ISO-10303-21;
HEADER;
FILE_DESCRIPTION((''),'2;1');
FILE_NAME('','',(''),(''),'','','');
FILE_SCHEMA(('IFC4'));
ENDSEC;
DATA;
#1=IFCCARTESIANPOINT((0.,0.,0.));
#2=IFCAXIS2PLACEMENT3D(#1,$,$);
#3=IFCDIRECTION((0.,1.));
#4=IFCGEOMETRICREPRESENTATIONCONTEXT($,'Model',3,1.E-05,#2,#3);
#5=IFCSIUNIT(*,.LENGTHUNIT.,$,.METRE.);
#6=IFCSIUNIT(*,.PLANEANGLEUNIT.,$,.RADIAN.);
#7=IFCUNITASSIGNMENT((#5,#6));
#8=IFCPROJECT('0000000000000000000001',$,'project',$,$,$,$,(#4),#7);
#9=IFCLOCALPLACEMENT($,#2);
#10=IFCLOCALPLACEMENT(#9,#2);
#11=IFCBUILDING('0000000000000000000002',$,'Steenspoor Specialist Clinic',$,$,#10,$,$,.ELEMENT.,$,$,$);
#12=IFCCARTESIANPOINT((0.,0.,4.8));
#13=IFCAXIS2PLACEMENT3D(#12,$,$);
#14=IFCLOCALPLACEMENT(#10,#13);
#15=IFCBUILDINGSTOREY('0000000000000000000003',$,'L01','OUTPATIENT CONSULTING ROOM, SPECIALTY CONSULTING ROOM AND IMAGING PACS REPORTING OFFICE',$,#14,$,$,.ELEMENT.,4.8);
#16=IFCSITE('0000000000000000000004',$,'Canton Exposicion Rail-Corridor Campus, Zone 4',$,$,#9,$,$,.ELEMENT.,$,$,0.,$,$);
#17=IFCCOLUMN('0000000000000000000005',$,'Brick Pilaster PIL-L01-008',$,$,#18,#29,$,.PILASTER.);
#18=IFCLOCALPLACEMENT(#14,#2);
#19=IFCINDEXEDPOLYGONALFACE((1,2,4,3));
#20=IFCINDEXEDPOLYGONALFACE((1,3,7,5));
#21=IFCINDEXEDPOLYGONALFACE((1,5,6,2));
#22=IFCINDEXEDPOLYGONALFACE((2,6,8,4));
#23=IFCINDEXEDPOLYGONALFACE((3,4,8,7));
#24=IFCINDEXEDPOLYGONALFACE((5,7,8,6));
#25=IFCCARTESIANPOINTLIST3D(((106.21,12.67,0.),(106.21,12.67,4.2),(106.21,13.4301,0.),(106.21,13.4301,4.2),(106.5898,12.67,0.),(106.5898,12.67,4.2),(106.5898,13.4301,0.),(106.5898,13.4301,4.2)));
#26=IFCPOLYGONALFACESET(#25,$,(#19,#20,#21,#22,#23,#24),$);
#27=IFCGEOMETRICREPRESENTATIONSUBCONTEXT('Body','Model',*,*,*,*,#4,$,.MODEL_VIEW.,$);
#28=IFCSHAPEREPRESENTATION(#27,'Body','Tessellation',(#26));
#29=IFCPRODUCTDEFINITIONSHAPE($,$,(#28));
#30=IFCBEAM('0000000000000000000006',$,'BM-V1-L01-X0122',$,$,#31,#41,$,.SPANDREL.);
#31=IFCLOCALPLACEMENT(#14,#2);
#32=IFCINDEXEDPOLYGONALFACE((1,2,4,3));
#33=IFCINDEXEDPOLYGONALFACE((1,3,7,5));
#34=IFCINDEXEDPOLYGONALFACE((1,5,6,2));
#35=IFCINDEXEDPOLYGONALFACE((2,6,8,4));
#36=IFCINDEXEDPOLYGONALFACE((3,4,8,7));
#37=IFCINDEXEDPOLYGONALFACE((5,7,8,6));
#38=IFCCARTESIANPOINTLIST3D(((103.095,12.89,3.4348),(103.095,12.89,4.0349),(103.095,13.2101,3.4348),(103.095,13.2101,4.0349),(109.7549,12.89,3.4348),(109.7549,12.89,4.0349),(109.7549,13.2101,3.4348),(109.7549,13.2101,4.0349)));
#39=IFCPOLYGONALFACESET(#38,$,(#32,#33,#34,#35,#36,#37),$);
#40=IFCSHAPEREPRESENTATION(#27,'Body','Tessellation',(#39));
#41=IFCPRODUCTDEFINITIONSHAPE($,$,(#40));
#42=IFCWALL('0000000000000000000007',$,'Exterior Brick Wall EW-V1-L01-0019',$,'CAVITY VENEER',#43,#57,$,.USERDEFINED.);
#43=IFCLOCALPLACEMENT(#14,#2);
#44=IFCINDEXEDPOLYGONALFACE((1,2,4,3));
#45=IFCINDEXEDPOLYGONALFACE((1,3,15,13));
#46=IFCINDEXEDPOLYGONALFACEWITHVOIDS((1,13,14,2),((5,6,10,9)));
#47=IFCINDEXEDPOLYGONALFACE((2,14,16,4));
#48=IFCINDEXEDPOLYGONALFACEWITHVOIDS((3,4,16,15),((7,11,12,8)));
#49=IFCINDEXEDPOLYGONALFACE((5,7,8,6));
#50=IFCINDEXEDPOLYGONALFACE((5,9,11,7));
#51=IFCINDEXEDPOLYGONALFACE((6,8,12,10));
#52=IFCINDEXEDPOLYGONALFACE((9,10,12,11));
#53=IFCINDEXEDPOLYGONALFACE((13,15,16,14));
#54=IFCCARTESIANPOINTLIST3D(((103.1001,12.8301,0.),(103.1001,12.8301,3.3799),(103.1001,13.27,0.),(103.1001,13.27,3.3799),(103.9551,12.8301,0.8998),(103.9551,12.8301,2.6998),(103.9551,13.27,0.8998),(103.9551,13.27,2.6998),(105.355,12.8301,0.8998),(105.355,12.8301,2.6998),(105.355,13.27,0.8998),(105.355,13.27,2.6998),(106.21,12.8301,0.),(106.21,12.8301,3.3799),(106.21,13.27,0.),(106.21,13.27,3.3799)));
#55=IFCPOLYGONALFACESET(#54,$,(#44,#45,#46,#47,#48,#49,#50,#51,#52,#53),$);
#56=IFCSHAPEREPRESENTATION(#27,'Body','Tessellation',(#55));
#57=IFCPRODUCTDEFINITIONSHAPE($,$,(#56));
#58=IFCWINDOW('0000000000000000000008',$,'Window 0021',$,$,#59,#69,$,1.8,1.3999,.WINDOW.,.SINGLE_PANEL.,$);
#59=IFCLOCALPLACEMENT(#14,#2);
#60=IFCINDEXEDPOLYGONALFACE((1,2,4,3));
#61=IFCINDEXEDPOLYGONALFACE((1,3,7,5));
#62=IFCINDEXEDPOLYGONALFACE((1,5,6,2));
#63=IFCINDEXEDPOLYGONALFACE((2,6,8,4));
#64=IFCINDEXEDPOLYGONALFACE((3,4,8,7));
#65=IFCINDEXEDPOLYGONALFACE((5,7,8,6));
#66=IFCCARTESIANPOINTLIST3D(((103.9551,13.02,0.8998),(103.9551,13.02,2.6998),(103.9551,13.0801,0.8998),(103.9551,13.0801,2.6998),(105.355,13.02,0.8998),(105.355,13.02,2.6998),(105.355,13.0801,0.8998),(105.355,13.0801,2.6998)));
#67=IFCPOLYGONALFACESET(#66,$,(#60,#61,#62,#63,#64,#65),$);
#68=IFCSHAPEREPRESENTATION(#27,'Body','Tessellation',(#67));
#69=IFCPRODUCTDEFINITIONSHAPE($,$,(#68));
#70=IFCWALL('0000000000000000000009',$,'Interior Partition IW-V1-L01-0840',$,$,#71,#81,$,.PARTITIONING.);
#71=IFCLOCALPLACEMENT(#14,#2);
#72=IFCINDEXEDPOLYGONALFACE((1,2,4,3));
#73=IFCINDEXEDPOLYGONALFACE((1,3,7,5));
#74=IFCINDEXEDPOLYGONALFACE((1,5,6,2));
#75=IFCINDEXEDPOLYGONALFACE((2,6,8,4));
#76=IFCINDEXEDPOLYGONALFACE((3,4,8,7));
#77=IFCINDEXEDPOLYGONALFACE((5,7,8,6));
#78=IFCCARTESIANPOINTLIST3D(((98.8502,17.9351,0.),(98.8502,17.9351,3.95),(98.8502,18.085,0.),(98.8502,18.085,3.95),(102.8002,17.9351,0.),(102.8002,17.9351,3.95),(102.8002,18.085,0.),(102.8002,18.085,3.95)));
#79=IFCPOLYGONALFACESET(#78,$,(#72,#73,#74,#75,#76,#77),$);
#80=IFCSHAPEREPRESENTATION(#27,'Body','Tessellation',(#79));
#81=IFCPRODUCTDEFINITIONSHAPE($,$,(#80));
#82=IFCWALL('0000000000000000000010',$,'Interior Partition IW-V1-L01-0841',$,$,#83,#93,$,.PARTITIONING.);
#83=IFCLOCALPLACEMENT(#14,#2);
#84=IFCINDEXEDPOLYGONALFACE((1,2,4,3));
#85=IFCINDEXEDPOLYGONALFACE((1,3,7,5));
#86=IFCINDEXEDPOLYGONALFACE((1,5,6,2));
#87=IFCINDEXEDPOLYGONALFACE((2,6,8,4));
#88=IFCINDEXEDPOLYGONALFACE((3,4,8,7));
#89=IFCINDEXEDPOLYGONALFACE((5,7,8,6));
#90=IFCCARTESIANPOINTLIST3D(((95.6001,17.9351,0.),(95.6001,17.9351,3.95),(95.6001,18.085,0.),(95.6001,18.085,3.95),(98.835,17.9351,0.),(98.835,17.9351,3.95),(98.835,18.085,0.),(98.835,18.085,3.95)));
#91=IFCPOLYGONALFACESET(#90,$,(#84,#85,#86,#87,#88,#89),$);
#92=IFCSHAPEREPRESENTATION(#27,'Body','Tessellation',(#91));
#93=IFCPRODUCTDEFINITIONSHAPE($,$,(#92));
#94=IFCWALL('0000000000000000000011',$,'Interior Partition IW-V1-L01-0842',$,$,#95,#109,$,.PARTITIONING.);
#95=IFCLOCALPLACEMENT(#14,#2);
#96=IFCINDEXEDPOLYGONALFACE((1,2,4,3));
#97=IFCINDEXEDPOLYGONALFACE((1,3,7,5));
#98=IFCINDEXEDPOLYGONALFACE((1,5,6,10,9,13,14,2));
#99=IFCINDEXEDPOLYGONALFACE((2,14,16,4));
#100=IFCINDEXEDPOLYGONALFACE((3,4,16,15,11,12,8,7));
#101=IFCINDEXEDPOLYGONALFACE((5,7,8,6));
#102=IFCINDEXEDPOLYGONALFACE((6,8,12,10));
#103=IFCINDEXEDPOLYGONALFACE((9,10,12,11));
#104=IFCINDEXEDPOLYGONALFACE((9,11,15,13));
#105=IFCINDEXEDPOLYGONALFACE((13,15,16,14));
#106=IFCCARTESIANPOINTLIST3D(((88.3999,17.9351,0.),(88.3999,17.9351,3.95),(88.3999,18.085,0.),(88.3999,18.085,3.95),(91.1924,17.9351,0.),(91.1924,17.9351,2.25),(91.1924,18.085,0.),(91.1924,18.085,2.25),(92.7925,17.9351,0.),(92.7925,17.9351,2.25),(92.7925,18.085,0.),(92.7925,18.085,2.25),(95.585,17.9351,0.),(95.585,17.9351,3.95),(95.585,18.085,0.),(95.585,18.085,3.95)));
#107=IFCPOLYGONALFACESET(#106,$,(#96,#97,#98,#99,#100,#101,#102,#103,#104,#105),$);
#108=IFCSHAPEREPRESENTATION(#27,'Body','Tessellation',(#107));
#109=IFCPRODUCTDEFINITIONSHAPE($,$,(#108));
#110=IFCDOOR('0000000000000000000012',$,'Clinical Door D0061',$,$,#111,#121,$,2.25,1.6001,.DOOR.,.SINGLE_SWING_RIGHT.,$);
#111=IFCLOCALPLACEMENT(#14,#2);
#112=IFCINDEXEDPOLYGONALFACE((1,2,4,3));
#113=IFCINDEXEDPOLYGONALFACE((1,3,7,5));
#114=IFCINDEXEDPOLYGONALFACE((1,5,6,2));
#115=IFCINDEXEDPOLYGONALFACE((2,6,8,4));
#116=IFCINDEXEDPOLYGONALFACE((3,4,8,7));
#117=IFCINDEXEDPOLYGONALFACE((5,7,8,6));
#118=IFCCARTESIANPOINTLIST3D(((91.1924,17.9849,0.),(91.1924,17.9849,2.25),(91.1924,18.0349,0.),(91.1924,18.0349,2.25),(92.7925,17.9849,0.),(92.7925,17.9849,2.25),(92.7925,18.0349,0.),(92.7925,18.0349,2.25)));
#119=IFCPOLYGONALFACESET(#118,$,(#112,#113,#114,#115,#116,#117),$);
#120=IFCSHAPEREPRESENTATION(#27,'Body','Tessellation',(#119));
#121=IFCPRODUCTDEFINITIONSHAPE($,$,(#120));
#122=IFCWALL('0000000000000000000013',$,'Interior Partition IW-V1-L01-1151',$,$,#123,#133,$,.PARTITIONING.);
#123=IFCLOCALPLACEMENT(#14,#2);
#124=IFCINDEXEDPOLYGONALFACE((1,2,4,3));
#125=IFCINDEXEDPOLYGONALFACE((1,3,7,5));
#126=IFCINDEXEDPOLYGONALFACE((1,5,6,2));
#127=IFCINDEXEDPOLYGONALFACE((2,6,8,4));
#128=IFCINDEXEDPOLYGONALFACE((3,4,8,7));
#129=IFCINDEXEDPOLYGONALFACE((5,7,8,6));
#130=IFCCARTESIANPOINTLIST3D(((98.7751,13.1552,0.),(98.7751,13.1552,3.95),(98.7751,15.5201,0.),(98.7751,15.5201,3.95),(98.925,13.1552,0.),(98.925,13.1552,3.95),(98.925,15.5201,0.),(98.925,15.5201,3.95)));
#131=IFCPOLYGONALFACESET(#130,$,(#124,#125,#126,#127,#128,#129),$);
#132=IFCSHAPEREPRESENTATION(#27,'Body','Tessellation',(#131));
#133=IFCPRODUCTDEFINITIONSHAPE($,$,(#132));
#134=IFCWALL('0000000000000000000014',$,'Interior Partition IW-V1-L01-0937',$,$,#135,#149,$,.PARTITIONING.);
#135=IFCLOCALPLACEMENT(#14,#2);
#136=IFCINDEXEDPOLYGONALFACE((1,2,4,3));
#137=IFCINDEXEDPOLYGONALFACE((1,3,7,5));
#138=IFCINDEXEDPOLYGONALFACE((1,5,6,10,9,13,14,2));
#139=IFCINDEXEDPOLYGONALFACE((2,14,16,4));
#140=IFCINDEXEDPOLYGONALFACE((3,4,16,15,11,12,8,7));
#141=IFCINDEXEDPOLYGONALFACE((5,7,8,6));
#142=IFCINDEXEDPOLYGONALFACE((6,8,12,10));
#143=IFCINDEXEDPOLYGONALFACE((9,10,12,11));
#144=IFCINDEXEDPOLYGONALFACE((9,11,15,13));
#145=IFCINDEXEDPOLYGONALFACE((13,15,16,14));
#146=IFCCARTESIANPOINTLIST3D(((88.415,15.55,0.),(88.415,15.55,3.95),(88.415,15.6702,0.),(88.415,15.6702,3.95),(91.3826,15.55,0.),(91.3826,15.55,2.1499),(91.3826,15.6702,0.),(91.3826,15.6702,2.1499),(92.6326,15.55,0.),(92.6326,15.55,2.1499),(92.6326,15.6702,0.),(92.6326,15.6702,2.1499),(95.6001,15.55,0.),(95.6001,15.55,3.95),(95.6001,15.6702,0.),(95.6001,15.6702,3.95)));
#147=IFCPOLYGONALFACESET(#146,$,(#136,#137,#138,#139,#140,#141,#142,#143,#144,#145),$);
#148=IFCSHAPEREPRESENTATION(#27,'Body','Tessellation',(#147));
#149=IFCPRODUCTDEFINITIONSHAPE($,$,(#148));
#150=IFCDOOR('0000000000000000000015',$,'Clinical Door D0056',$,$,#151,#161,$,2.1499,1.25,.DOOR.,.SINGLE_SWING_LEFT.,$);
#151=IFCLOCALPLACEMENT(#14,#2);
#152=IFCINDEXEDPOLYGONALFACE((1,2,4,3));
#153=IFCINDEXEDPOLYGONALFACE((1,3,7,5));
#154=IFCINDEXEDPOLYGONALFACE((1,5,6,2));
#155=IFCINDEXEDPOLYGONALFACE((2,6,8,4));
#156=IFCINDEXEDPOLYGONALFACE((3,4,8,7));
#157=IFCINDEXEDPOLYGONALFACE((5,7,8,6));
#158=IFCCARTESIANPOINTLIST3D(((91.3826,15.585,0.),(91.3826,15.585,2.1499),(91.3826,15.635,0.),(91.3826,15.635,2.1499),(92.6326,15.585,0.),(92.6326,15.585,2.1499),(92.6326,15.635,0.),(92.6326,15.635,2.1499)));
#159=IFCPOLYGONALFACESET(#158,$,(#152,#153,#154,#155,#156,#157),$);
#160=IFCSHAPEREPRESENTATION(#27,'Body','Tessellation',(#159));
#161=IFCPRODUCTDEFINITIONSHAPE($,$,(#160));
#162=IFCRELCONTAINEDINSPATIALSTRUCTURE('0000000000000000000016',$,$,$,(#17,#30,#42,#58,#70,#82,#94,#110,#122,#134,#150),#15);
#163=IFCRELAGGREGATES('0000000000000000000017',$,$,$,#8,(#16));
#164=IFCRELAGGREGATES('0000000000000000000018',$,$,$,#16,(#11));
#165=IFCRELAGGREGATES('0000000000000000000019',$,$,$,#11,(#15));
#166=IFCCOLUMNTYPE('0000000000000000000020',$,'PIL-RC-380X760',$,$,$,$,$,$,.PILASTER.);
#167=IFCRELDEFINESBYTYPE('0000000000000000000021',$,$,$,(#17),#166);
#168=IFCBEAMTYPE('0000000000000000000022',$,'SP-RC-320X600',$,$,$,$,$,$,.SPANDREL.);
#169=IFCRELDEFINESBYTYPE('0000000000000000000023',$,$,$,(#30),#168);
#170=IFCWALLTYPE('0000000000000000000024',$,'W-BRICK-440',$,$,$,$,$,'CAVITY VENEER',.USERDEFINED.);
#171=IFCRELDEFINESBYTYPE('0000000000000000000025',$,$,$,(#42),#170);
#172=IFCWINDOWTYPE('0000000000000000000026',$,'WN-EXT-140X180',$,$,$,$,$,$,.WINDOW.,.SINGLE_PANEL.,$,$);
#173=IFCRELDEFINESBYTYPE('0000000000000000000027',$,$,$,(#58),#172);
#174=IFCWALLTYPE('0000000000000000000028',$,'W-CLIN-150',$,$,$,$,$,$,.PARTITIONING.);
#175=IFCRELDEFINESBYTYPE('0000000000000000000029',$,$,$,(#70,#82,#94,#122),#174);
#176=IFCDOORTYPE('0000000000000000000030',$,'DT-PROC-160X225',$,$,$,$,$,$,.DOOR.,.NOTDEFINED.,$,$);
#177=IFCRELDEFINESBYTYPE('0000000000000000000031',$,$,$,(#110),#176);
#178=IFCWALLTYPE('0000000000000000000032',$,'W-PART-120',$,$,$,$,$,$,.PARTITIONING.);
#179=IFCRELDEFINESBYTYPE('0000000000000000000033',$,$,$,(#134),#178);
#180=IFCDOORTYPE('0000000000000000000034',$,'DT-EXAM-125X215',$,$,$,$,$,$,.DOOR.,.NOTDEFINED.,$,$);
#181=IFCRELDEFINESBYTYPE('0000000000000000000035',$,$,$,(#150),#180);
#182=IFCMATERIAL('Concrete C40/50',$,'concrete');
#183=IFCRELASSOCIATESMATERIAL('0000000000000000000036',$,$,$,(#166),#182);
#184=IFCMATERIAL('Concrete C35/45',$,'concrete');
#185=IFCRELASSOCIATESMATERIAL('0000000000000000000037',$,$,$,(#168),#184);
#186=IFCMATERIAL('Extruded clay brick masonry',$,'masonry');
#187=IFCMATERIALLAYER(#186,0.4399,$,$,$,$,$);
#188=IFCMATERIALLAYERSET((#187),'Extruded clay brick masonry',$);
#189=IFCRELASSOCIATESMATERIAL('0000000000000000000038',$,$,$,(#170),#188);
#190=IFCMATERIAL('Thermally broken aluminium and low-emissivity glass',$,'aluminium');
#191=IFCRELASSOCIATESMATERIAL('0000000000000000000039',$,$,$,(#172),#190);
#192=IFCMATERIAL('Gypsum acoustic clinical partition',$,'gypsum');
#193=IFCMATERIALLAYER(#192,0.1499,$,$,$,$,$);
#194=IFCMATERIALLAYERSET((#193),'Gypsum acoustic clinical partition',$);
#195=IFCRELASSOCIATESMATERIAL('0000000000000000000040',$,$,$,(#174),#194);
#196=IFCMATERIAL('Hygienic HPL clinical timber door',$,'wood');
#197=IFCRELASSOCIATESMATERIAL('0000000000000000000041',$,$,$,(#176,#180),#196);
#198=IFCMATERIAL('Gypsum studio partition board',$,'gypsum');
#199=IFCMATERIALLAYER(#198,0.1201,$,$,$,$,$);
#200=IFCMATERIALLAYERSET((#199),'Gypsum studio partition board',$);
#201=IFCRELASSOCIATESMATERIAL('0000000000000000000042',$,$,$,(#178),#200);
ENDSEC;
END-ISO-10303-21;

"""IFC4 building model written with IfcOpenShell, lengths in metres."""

from ifc_helpers import new_model, si_unit, direction, frame, frame_2d, origin, origin_2d, place, context, subcontext, project, spatial, rectangle, extrude, material, layer, layer_set, material_profile, profile_set, type_object, element, fill, save


model = new_model("IFC4")

# Units and contexts
model_context = context("Model", 3, precision=1e-05, world=origin(), true_north=direction((0.0, 1.0)))
body_context = subcontext(model_context, "Body", "Model", "MODEL_VIEW")
ifc_project = project(units=[si_unit("LENGTHUNIT", "METRE"), si_unit("PLANEANGLEUNIT", "RADIAN")], contexts=[model_context])

# Site, building, storey
site_placement = place(None, origin())
site = spatial("IfcSite", under=ifc_project, at=site_placement, Name="Canton Exposicion Rail-Corridor Campus, Zone 4", CompositionType="ELEMENT", RefElevation=0.0)
building_placement = place(site_placement, origin())
building = spatial("IfcBuilding", under=site, at=building_placement, Name="Steenspoor Specialist Clinic", CompositionType="ELEMENT")
storey_placement = place(building_placement, frame((0.0, 0.0, 4.8)))
storey = spatial("IfcBuildingStorey", under=building, at=storey_placement, Name="L01", Description="OUTPATIENT CONSULTING ROOM, SPECIALTY CONSULTING ROOM AND IMAGING PACS REPORTING OFFICE", CompositionType="ELEMENT", Elevation=4.8)

# Column
ifc_material_1 = material(Name="Concrete C40/50", Category="concrete")
ifc_material_profile_1 = material_profile(ifc_material_1, rectangle(XDim=0.3799, YDim=0.76, at=origin_2d()), Name="RC-PIL-380X760")
ifc_profile_set_1 = profile_set([ifc_material_profile_1], Name="Concrete C40/50")
column_type = type_object("IfcColumnType", Name="PIL-RC-380X760", PredefinedType="PILASTER", material=ifc_profile_set_1)
column_placement = place(storey_placement, frame((106.3999, 13.05, 0.0), z_axis=(0.0, 0.0, 1.0), x_axis=(1.0, 0.0, 0.0)))
element("IfcColumn", 1, at=column_placement, inside=storey, type_object=column_type, Name="Brick Pilaster PIL-L01-008", PredefinedType="PILASTER", context=body_context, shape_type="SweptSolid", body=[
    extrude(rectangle(XDim=0.3799, YDim=0.76, at=origin_2d()), origin(), (0.0, 0.0, 1.0), 4.2),
])

# Beam
ifc_material_2 = material(Name="Concrete C35/45", Category="concrete")
ifc_material_profile_2 = material_profile(ifc_material_2, rectangle(XDim=0.3201, YDim=0.6001, at=origin_2d()), Name="RC-SP-320X600")
ifc_profile_set_2 = profile_set([ifc_material_profile_2], Name="Concrete C35/45")
beam_type = type_object("IfcBeamType", Name="SP-RC-320X600", PredefinedType="SPANDREL", material=ifc_profile_set_2)
beam_placement = place(storey_placement, frame((103.095, 13.05, 3.7349), z_axis=(1.0, 0.0, 0.0), x_axis=(0.0, 1.0, 0.0)))
element("IfcBeam", 2, at=beam_placement, inside=storey, type_object=beam_type, Name="BM-V1-L01-X0122", PredefinedType="SPANDREL", context=body_context, shape_type="SweptSolid", body=[
    extrude(rectangle(XDim=0.3201, YDim=0.6001, at=origin_2d()), origin(), (0.0, 0.0, 1.0), 6.6599),
])

# Wall, opening, window
ifc_material_3 = material(Name="Extruded clay brick masonry", Category="masonry")
ifc_layer_1 = layer(ifc_material_3, 0.4399)
ifc_layer_set_1 = layer_set([ifc_layer_1], Name="Extruded clay brick masonry")
wall_type_1 = type_object("IfcWallType", Name="W-BRICK-440", ElementType="CAVITY VENEER", PredefinedType="USERDEFINED", material=ifc_layer_set_1)
wall_1_placement = place(storey_placement, frame((106.21, 13.05, 0.0), z_axis=(0.0, 0.0, 1.0), x_axis=(-1.0, 0.0, 0.0)))
wall_1 = element("IfcWall", 3, at=wall_1_placement, inside=storey, type_object=wall_type_1, Name="Exterior Brick Wall EW-V1-L01-0019", ObjectType="CAVITY VENEER", PredefinedType="USERDEFINED", context=body_context, shape_type="SweptSolid", body=[
    extrude(rectangle(XDim=3.1099, YDim=0.4399, at=frame_2d((1.5549, 0.0))), origin(), (0.0, 0.0, 1.0), 3.3799),
])
opening_1_placement = place(wall_1_placement, frame((0.855, 0.0, 0.8999)))
opening_1 = element("IfcOpeningElement", 4, at=opening_1_placement, cuts=wall_1, PredefinedType="OPENING", context=body_context, shape_type="SweptSolid", body=[
    extrude(rectangle(XDim=1.3999, YDim=1.8, at=frame_2d((0.7, 0.8999))), frame((0.0, 0.23, 0.0), z_axis=(0.0, -1.0, 0.0), x_axis=(1.0, 0.0, 0.0)), (0.0, 0.0, 1.0), 0.46),
])
ifc_material_4 = material(Name="Thermally broken aluminium and low-emissivity glass", Category="aluminium")
window_type = type_object("IfcWindowType", Name="WN-EXT-140X180", PartitioningType="SINGLE_PANEL", PredefinedType="WINDOW", material=ifc_material_4)
window_placement = place(opening_1_placement, origin())
window = element("IfcWindow", 5, at=window_placement, inside=storey, type_object=window_type, Name="Window 0021", OverallHeight=1.8, OverallWidth=1.3999, PartitioningType="SINGLE_PANEL", PredefinedType="WINDOW", context=body_context, shape_type="SweptSolid", body=[
    extrude(rectangle(XDim=1.3999, YDim=1.8, at=frame_2d((0.7, 0.8999))), frame((0.0, 0.03, 0.0), z_axis=(0.0, -1.0, 0.0), x_axis=(1.0, 0.0, 0.0)), (0.0, 0.0, 1.0), 0.0601),
])
fill(opening_1, window)

# Shared definitions
ifc_material_5 = material(Name="Gypsum acoustic clinical partition", Category="gypsum")
ifc_layer_2 = layer(ifc_material_5, 0.1499)
ifc_layer_set_2 = layer_set([ifc_layer_2], Name="Gypsum acoustic clinical partition")
wall_type_2 = type_object("IfcWallType", Name="W-CLIN-150", PredefinedType="PARTITIONING", material=ifc_layer_set_2)

# Walls
wall_2_placement = place(storey_placement, frame((98.8501, 18.01, 0.0), z_axis=(0.0, 0.0, 1.0), x_axis=(1.0, 0.0, 0.0)))
element("IfcWall", 6, at=wall_2_placement, inside=storey, type_object=wall_type_2, Name="Interior Partition IW-V1-L01-0840", PredefinedType="PARTITIONING", context=body_context, shape_type="SweptSolid", body=[
    extrude(rectangle(XDim=3.95, YDim=0.1499, at=frame_2d((1.9751, 0.0))), origin(), (0.0, 0.0, 1.0), 3.95),
])
wall_3_placement = place(storey_placement, frame((95.6001, 18.01, 0.0), z_axis=(0.0, 0.0, 1.0), x_axis=(1.0, 0.0, 0.0)))
element("IfcWall", 7, at=wall_3_placement, inside=storey, type_object=wall_type_2, Name="Interior Partition IW-V1-L01-0841", PredefinedType="PARTITIONING", context=body_context, shape_type="SweptSolid", body=[
    extrude(rectangle(XDim=3.2349, YDim=0.1499, at=frame_2d((1.6174, 0.0))), origin(), (0.0, 0.0, 1.0), 3.95),
])

# Wall, opening, door
wall_4_placement = place(storey_placement, frame((88.3999, 18.01, 0.0), z_axis=(0.0, 0.0, 1.0), x_axis=(1.0, 0.0, 0.0)))
wall_4 = element("IfcWall", 8, at=wall_4_placement, inside=storey, type_object=wall_type_2, Name="Interior Partition IW-V1-L01-0842", PredefinedType="PARTITIONING", context=body_context, shape_type="SweptSolid", body=[
    extrude(rectangle(XDim=7.1851, YDim=0.1499, at=frame_2d((3.5925, 0.0))), origin(), (0.0, 0.0, 1.0), 3.95),
])
opening_2_placement = place(wall_4_placement, frame((2.7925, 0.0, 0.0)))
opening_2 = element("IfcOpeningElement", 9, at=opening_2_placement, cuts=wall_4, PredefinedType="OPENING", context=body_context, shape_type="SweptSolid", body=[
    extrude(rectangle(XDim=1.6001, YDim=2.25, at=frame_2d((0.8, 1.125))), frame((0.0, 0.085, 0.0), z_axis=(0.0, -1.0, 0.0), x_axis=(1.0, 0.0, 0.0)), (0.0, 0.0, 1.0), 0.1699),
])
ifc_material_6 = material(Name="Hygienic HPL clinical timber door", Category="wood")
door_type_1 = type_object("IfcDoorType", Name="DT-PROC-160X225", OperationType="NOTDEFINED", PredefinedType="DOOR", material=ifc_material_6)
door_1_placement = place(opening_2_placement, origin())
door_1 = element("IfcDoor", 10, at=door_1_placement, inside=storey, type_object=door_type_1, Name="Clinical Door D0061", OperationType="SINGLE_SWING_RIGHT", OverallHeight=2.25, OverallWidth=1.6001, PredefinedType="DOOR", context=body_context, shape_type="SweptSolid", body=[
    extrude(rectangle(XDim=1.6001, YDim=2.25, at=frame_2d((0.8, 1.125))), frame((0.0, 0.0249, 0.0), z_axis=(0.0, -1.0, 0.0), x_axis=(1.0, 0.0, 0.0)), (0.0, 0.0, 1.0), 0.05),
])
fill(opening_2, door_1)

# Wall
wall_5_placement = place(storey_placement, frame((98.8501, 13.155, 0.0), z_axis=(0.0, 0.0, 1.0), x_axis=(0.0, 1.0, 0.0)))
element("IfcWall", 11, at=wall_5_placement, inside=storey, type_object=wall_type_2, Name="Interior Partition IW-V1-L01-1151", PredefinedType="PARTITIONING", context=body_context, shape_type="SweptSolid", body=[
    extrude(rectangle(XDim=2.365, YDim=0.1499, at=frame_2d((1.1826, 0.0))), origin(), (0.0, 0.0, 1.0), 3.95),
])

# Wall, opening, door
ifc_material_7 = material(Name="Gypsum studio partition board", Category="gypsum")
ifc_layer_3 = layer(ifc_material_7, 0.1201)
ifc_layer_set_3 = layer_set([ifc_layer_3], Name="Gypsum studio partition board")
wall_type_3 = type_object("IfcWallType", Name="W-PART-120", PredefinedType="PARTITIONING", material=ifc_layer_set_3)
wall_6_placement = place(storey_placement, frame((88.415, 15.6101, 0.0), z_axis=(0.0, 0.0, 1.0), x_axis=(1.0, 0.0, 0.0)))
wall_6 = element("IfcWall", 12, at=wall_6_placement, inside=storey, type_object=wall_type_3, Name="Interior Partition IW-V1-L01-0937", PredefinedType="PARTITIONING", context=body_context, shape_type="SweptSolid", body=[
    extrude(rectangle(XDim=7.1851, YDim=0.1201, at=frame_2d((3.5925, 0.0))), origin(), (0.0, 0.0, 1.0), 3.95),
])
opening_3_placement = place(wall_6_placement, frame((2.9675, 0.0, 0.0)))
opening_3 = element("IfcOpeningElement", 13, at=opening_3_placement, cuts=wall_6, PredefinedType="OPENING", context=body_context, shape_type="SweptSolid", body=[
    extrude(rectangle(XDim=1.25, YDim=2.1499, at=frame_2d((0.625, 1.075))), frame((0.0, 0.0701, 0.0), z_axis=(0.0, -1.0, 0.0), x_axis=(1.0, 0.0, 0.0)), (0.0, 0.0, 1.0), 0.1401),
])
door_type_2 = type_object("IfcDoorType", Name="DT-EXAM-125X215", OperationType="NOTDEFINED", PredefinedType="DOOR", material=ifc_material_6)
door_2_placement = place(opening_3_placement, origin())
door_2 = element("IfcDoor", 14, at=door_2_placement, inside=storey, type_object=door_type_2, Name="Clinical Door D0056", OperationType="SINGLE_SWING_LEFT", OverallHeight=2.1499, OverallWidth=1.25, PredefinedType="DOOR", context=body_context, shape_type="SweptSolid", body=[
    extrude(rectangle(XDim=1.25, YDim=2.1499, at=frame_2d((0.625, 1.075))), frame((0.0, 0.0249, 0.0), z_axis=(0.0, -1.0, 0.0), x_axis=(1.0, 0.0, 0.0)), (0.0, 0.0, 1.0), 0.05),
])
fill(opening_3, door_2)

save(model, "model.ifc")
